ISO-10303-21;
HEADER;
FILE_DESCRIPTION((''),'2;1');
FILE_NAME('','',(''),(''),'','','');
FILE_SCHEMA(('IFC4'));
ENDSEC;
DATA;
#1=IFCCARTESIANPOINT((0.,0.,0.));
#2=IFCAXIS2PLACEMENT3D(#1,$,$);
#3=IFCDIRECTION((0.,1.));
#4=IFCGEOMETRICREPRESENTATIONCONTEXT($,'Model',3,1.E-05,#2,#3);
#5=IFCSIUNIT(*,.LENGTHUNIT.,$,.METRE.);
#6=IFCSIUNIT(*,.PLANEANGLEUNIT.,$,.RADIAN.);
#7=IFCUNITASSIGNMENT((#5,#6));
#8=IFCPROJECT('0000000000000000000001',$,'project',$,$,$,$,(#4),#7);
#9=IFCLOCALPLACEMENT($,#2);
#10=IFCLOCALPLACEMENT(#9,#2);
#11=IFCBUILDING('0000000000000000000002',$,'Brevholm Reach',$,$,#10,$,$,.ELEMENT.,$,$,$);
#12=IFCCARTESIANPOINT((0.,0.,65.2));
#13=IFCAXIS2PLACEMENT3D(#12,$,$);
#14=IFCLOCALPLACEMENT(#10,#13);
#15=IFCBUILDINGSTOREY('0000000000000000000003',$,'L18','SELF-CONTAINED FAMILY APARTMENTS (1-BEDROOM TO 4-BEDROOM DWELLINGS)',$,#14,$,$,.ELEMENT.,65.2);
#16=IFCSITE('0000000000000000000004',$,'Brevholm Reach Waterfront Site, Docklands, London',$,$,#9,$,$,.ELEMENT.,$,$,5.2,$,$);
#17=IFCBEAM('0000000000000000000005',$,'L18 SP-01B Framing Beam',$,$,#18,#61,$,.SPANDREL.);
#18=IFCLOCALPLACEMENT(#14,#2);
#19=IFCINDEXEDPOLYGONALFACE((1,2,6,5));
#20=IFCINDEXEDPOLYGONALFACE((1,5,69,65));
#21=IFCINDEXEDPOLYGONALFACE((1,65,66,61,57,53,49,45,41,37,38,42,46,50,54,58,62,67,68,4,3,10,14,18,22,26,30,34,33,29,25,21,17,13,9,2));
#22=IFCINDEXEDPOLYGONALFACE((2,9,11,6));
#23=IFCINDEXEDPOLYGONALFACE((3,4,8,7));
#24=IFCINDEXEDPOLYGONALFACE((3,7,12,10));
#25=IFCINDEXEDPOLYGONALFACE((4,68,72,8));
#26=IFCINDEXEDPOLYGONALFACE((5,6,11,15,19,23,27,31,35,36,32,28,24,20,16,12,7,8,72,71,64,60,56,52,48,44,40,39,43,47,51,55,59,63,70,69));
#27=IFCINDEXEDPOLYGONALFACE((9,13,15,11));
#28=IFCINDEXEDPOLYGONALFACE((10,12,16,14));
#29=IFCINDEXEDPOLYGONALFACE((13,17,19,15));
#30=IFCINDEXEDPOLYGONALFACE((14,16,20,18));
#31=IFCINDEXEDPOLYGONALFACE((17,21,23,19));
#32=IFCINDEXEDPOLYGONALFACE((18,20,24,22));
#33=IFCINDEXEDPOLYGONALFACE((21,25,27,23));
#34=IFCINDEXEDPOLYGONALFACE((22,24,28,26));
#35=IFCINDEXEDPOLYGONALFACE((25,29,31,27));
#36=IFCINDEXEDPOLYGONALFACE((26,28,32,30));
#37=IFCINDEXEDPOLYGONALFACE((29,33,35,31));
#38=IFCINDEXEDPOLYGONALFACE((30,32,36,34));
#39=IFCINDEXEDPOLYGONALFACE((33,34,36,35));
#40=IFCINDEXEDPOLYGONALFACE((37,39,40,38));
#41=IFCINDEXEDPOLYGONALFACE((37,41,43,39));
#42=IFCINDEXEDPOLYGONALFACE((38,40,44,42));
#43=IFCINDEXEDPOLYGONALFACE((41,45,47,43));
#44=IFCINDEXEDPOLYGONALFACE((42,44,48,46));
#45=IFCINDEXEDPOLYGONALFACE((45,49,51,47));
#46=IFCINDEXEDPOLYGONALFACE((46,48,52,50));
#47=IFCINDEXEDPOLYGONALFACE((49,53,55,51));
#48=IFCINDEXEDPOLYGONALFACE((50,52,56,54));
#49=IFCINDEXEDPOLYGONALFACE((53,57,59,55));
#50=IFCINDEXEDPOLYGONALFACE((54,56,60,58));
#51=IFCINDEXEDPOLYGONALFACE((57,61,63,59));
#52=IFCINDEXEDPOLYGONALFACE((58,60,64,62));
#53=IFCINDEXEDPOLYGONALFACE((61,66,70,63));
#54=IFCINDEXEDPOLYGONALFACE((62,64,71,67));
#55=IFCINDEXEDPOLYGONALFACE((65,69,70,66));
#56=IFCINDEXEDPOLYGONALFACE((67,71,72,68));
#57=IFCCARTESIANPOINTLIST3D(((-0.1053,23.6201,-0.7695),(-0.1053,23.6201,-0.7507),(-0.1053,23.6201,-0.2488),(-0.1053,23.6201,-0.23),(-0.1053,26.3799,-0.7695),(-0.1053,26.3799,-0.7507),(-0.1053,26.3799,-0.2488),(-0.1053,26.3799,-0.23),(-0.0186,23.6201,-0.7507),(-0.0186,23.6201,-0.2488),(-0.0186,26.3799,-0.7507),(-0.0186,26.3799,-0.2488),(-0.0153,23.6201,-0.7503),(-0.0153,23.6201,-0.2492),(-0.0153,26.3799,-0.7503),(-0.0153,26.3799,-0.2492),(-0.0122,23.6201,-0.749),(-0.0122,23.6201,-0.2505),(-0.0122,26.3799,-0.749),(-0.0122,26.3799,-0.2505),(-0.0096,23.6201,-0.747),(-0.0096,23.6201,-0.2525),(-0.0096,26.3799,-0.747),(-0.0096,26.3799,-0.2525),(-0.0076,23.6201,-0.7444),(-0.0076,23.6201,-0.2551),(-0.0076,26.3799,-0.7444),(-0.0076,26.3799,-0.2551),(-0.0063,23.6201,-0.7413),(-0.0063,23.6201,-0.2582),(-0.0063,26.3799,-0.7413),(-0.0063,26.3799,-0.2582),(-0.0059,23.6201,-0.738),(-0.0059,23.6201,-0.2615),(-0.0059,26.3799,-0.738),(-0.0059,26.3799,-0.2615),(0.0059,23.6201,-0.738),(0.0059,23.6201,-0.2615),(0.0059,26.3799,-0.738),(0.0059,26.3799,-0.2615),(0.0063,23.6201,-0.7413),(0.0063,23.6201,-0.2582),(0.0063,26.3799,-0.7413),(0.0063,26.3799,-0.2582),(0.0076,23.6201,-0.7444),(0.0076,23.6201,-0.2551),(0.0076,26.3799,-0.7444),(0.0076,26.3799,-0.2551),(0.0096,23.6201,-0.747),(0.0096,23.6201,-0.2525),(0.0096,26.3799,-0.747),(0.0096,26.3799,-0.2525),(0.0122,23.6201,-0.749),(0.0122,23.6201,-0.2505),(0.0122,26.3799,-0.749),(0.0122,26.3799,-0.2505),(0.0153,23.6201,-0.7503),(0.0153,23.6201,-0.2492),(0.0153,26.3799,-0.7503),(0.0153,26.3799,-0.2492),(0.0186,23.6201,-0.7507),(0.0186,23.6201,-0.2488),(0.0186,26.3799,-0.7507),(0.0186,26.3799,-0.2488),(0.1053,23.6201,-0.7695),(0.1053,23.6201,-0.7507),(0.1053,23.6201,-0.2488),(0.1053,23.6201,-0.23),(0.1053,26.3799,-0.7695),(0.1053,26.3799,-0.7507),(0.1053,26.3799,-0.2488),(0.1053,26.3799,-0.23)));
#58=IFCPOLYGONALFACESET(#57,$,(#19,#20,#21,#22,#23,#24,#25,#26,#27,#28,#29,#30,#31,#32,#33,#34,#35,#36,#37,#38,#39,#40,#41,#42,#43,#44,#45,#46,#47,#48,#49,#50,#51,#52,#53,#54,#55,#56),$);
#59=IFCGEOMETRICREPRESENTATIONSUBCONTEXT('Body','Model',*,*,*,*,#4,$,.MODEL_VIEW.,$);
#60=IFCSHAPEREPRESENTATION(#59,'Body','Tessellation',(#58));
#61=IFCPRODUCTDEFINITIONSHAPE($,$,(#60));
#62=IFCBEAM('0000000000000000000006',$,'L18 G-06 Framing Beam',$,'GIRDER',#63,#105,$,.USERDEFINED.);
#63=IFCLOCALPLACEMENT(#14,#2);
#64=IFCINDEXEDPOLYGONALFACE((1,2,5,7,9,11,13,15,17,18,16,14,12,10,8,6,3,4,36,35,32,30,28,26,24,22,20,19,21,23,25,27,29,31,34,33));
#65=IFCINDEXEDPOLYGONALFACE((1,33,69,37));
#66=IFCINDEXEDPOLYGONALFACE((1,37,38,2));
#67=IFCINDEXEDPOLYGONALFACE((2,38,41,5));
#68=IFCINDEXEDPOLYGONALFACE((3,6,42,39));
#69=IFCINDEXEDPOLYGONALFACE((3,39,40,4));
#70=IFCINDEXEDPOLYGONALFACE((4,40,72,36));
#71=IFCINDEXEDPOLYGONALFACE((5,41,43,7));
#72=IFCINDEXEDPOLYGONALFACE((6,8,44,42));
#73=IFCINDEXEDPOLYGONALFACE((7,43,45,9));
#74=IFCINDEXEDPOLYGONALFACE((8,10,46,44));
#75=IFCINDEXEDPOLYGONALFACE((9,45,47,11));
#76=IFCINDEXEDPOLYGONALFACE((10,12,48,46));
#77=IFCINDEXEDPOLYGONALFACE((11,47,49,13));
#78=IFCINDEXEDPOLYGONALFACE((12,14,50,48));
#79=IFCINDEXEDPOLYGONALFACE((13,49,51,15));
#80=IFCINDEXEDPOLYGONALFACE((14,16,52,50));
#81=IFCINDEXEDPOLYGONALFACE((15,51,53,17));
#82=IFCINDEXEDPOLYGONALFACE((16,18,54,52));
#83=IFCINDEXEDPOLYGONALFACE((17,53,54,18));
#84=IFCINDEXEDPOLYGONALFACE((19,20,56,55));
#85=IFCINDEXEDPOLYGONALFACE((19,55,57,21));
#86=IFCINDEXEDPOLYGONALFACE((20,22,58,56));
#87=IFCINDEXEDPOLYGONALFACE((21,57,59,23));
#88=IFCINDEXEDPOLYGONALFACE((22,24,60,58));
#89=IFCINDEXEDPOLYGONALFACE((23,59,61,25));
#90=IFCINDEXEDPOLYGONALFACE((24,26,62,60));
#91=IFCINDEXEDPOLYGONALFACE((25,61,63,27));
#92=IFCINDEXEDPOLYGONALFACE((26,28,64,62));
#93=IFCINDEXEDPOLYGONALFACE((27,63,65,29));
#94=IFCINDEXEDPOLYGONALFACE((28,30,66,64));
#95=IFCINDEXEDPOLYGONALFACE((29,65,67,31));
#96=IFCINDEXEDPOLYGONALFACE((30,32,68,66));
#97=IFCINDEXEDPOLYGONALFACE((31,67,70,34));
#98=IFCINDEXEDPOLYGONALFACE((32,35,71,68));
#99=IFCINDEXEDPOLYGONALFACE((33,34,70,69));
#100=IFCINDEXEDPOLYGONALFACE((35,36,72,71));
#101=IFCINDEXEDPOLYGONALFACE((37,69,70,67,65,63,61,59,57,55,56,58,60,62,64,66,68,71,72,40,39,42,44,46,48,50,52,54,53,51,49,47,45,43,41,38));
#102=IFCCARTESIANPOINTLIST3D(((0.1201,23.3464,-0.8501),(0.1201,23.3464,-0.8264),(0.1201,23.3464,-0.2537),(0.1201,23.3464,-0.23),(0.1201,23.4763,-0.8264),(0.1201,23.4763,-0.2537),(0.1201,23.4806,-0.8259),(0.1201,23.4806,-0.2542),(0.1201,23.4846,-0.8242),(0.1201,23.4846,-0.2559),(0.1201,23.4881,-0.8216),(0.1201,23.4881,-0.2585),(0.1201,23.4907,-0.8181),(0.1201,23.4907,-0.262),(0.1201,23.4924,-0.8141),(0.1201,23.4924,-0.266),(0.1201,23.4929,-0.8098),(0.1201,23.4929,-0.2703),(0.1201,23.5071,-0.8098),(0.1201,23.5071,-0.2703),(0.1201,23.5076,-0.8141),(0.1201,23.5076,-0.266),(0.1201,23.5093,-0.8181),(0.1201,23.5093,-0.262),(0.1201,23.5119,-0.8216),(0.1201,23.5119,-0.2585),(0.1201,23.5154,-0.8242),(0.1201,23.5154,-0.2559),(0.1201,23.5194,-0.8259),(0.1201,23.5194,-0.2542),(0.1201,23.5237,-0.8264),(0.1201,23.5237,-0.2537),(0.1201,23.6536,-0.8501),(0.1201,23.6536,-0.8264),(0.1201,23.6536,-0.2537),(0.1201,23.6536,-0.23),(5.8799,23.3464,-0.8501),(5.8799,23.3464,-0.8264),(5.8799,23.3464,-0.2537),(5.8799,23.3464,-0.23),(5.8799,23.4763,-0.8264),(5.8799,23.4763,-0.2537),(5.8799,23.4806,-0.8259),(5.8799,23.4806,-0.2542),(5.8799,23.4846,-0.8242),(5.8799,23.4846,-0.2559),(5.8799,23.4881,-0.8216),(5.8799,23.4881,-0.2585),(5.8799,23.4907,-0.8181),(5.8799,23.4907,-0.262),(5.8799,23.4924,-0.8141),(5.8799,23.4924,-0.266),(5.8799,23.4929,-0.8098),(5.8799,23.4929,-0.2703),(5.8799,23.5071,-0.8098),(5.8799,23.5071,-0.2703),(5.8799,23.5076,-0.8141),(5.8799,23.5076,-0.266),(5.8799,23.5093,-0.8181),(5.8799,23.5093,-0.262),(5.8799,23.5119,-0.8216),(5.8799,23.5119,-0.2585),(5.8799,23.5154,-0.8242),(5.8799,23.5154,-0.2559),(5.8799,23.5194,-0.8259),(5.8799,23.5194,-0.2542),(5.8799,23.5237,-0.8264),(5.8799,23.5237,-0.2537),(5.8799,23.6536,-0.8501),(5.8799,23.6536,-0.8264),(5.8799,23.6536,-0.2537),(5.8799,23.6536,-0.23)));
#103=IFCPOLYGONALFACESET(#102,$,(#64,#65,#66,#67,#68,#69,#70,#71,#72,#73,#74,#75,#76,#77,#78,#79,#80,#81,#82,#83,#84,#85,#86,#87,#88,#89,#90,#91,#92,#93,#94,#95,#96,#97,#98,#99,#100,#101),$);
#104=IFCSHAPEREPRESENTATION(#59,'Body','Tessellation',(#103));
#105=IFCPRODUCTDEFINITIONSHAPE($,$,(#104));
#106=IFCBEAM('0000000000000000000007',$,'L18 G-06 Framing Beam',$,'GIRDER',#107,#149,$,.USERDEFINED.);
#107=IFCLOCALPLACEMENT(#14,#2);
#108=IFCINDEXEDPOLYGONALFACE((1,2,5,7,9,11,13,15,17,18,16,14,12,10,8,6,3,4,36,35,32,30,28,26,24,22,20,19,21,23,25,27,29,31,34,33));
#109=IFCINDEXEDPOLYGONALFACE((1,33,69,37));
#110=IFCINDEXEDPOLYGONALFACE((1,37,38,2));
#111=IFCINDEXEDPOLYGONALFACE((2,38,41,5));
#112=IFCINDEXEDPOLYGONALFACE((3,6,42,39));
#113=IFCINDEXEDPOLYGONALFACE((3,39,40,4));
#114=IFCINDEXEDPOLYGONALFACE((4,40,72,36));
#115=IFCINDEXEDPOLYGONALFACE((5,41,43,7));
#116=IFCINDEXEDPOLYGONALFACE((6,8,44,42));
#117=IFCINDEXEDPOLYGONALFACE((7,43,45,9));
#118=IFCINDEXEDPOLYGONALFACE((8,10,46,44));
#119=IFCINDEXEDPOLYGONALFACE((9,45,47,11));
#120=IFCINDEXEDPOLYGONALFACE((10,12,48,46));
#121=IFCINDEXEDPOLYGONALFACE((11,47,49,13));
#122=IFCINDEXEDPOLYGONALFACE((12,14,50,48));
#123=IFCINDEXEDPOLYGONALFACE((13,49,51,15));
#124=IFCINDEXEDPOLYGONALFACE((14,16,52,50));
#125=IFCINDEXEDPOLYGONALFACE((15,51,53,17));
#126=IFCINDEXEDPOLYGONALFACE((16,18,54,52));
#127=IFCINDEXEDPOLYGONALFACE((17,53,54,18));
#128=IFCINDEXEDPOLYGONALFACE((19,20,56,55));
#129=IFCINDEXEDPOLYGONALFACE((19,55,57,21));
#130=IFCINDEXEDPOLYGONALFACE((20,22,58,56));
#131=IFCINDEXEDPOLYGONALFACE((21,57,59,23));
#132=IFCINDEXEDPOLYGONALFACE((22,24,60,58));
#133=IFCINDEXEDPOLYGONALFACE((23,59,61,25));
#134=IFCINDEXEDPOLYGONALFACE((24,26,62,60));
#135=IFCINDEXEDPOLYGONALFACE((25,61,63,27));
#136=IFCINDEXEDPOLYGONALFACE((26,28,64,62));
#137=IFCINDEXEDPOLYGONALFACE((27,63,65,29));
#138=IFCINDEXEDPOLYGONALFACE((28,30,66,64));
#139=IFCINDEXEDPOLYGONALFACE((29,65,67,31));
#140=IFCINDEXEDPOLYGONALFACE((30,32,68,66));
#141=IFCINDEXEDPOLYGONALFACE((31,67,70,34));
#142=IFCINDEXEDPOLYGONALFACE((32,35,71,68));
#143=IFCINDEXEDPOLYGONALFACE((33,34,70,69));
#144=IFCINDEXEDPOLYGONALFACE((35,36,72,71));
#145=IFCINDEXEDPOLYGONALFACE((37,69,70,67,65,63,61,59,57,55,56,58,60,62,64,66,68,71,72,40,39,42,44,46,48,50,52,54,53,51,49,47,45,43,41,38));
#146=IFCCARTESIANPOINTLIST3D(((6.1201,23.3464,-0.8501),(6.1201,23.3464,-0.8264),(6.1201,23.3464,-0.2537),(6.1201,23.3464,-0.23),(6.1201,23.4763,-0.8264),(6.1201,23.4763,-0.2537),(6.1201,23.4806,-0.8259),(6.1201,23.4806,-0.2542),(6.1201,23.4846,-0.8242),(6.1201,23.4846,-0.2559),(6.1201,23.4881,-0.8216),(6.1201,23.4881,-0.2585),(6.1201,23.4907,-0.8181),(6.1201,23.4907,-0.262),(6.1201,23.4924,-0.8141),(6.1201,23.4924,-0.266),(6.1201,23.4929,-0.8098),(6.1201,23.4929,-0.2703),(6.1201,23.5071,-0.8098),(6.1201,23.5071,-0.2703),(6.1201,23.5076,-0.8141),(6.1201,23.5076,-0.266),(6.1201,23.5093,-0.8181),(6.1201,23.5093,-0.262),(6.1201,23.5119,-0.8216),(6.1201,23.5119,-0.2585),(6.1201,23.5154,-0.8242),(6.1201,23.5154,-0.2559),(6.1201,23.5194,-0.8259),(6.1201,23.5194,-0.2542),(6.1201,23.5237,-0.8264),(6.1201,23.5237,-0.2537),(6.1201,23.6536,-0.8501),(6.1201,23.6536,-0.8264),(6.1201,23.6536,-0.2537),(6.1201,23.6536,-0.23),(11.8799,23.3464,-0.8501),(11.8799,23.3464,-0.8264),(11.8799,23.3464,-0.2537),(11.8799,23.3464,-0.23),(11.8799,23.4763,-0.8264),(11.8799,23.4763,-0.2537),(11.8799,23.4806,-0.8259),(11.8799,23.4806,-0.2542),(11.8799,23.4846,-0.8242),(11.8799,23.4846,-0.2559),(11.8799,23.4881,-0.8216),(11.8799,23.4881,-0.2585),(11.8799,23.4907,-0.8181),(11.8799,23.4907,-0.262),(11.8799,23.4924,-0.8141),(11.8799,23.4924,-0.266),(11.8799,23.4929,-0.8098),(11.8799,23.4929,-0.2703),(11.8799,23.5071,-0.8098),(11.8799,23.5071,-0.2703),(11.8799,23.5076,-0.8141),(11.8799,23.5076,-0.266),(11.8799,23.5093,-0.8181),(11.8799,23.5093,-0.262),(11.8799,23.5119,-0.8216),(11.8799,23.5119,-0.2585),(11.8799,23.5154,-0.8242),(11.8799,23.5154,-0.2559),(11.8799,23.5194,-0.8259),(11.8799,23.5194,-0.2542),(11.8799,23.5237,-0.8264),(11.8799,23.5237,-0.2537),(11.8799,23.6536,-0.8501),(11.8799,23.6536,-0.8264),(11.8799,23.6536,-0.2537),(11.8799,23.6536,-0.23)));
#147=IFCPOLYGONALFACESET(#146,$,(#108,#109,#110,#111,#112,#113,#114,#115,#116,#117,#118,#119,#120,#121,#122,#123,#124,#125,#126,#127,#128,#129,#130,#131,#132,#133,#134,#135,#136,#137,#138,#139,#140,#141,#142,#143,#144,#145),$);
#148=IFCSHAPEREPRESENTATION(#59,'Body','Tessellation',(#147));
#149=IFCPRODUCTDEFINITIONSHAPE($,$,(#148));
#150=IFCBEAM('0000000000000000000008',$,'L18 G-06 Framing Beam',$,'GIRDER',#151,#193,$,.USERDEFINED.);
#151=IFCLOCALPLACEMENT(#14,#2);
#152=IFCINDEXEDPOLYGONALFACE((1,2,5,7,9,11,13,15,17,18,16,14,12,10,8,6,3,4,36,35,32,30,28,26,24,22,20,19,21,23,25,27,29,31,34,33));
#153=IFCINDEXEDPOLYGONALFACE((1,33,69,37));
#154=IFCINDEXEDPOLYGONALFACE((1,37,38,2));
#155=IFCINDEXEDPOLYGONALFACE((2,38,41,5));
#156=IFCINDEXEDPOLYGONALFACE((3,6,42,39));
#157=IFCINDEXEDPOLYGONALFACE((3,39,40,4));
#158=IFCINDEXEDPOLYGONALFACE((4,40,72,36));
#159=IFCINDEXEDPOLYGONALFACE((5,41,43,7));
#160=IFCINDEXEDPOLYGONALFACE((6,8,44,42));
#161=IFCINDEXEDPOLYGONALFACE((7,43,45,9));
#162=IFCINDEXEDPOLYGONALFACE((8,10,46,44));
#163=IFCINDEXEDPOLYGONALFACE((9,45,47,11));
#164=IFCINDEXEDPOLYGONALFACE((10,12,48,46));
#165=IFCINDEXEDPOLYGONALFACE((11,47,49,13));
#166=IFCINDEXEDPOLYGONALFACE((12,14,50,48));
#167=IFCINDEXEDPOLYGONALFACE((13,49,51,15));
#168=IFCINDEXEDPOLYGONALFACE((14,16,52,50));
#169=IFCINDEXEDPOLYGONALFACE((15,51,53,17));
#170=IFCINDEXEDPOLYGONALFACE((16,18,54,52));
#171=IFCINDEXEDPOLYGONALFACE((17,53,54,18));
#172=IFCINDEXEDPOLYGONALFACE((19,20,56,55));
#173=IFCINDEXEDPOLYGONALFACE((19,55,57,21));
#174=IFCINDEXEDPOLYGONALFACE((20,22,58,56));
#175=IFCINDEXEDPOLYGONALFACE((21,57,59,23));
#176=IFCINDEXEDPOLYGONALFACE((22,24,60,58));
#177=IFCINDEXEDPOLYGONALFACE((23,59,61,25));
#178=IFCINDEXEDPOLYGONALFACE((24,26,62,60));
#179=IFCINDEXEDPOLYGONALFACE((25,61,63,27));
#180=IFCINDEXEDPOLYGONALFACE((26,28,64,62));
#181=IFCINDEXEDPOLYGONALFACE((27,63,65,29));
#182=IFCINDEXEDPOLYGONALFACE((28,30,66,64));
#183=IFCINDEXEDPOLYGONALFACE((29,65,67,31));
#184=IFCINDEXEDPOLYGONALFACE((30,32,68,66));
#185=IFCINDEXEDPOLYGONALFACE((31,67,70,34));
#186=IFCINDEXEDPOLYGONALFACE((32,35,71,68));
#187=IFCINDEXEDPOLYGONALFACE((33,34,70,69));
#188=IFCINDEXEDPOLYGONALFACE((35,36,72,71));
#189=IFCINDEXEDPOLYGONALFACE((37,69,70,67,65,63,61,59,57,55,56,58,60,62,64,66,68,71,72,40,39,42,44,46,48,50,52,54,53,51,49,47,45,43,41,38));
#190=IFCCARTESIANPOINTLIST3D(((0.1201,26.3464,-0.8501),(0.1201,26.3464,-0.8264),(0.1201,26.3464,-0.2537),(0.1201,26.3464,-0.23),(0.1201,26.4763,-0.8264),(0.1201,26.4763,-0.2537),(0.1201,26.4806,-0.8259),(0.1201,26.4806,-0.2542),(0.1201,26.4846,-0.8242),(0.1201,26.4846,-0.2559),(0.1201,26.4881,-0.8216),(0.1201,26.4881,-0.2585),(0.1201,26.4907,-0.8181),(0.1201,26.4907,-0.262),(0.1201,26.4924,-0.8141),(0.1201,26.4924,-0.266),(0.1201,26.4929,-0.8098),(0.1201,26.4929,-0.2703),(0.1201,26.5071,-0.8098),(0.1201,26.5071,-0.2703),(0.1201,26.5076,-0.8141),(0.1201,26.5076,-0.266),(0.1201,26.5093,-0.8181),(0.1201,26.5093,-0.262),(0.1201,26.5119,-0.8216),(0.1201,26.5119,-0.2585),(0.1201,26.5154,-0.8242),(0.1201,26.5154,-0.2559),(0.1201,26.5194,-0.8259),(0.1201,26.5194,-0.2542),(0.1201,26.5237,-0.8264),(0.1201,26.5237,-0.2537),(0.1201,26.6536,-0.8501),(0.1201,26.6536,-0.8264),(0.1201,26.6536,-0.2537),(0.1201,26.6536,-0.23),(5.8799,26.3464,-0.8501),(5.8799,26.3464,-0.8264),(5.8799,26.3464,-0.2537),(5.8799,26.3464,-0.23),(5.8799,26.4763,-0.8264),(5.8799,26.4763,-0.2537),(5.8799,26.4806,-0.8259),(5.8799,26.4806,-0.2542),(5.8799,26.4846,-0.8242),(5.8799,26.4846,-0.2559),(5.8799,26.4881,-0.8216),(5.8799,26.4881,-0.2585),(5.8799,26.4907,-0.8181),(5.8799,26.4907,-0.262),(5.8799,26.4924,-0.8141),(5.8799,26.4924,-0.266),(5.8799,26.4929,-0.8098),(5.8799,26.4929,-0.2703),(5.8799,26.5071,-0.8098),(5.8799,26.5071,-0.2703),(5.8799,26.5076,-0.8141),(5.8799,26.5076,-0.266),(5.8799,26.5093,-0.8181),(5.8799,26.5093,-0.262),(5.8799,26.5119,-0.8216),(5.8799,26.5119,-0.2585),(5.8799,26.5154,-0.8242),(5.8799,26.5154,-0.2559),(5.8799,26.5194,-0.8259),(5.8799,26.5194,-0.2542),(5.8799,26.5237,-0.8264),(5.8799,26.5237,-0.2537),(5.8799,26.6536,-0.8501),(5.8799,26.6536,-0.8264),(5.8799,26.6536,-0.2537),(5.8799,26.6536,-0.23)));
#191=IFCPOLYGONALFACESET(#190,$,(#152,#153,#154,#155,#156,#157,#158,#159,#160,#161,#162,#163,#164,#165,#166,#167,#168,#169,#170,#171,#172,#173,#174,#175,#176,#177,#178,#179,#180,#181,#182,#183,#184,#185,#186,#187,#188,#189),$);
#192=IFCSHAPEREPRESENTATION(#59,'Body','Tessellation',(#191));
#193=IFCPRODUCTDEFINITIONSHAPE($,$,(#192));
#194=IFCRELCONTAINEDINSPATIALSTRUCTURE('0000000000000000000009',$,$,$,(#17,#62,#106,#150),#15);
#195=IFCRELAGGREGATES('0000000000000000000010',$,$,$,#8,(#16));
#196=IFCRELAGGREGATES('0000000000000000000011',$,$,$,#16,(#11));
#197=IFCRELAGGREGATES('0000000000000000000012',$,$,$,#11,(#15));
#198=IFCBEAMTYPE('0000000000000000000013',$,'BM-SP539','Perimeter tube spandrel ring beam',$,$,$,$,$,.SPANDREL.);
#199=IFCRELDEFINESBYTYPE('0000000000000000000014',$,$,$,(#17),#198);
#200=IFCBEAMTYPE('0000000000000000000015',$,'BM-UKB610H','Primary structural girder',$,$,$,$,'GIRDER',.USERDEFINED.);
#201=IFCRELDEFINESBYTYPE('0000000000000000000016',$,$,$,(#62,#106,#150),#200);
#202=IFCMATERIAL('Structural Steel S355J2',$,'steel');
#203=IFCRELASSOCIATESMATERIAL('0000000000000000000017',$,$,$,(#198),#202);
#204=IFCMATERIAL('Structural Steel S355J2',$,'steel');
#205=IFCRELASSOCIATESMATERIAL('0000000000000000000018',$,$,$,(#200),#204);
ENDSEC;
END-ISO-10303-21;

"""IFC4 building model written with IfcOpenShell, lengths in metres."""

from ifc_helpers import new_model, si_unit, direction, frame, origin, origin_2d, place, context, subcontext, project, spatial, i_section, extrude, material, material_profile, profile_set, type_object, element, save


model = new_model("IFC4")

# Units and contexts
model_context = context("Model", 3, precision=1e-05, world=origin(), true_north=direction((0.0, 1.0)))
body_context = subcontext(model_context, "Body", "Model", "MODEL_VIEW")
ifc_project = project(units=[si_unit("LENGTHUNIT", "METRE"), si_unit("PLANEANGLEUNIT", "RADIAN")], contexts=[model_context])

# Site, building, storey
site_placement = place(None, origin())
site = spatial("IfcSite", under=ifc_project, at=site_placement, Name="Brevholm Reach Waterfront Site, Docklands, London", CompositionType="ELEMENT", RefElevation=5.2)
building_placement = place(site_placement, origin())
building = spatial("IfcBuilding", under=site, at=building_placement, Name="Brevholm Reach", CompositionType="ELEMENT")
storey_placement = place(building_placement, frame((0.0, 0.0, 65.2)))
storey = spatial("IfcBuildingStorey", under=building, at=storey_placement, Name="L18", Description="SELF-CONTAINED FAMILY APARTMENTS (1-BEDROOM TO 4-BEDROOM DWELLINGS)", CompositionType="ELEMENT", Elevation=65.2)

# Beams
ifc_material_1 = material(Name="Structural Steel S355J2", Category="steel")
ifc_material_profile_1 = material_profile(ifc_material_1, i_section(OverallWidth=0.2107, OverallDepth=0.5396, WebThickness=0.0117, FlangeThickness=0.0188, FilletRadius=0.0127, at=origin_2d()), Name="UKB 533x210x109")
ifc_profile_set_1 = profile_set([ifc_material_profile_1], Name="Structural Steel S355J2")
beam_type_1 = type_object("IfcBeamType", Name="BM-SP539", Description="Perimeter tube spandrel ring beam", PredefinedType="SPANDREL", material=ifc_profile_set_1)
beam_1_placement = place(storey_placement, frame((0.0, 23.6201, -0.4998), z_axis=(0.0, 1.0, 0.0), x_axis=(-1.0, 0.0, 0.0)))
element("IfcBeam", 1, at=beam_1_placement, inside=storey, type_object=beam_type_1, Name="L18 SP-01B Framing Beam", PredefinedType="SPANDREL", context=body_context, shape_type="SweptSolid", body=[
    extrude(i_section(OverallWidth=0.2107, OverallDepth=0.5396, WebThickness=0.0117, FlangeThickness=0.0188, FilletRadius=0.0127, at=origin_2d()), origin(), (0.0, 0.0, 1.0), 2.7598),
])
ifc_material_2 = material(Name="Structural Steel S355J2", Category="steel")
ifc_material_profile_2 = material_profile(ifc_material_2, i_section(OverallWidth=0.3071, OverallDepth=0.6201, WebThickness=0.0142, FlangeThickness=0.0237, FilletRadius=0.0166, at=origin_2d()), Name="UKB 610x305x179")
ifc_profile_set_2 = profile_set([ifc_material_profile_2], Name="Structural Steel S355J2")
beam_type_2 = type_object("IfcBeamType", Name="BM-UKB610H", Description="Primary structural girder", ElementType="GIRDER", PredefinedType="USERDEFINED", material=ifc_profile_set_2)
for number, where, z_axis, x_axis, name in (
    (2, (0.1201, 23.5, -0.54), (1.0, 0.0, 0.0), (0.0, 1.0, 0.0), "L18 G-06 Framing Beam"),
    (3, (6.1201, 23.5, -0.54), (1.0, 0.0, 0.0), (0.0, 1.0, 0.0), "L18 G-06 Framing Beam"),
    (4, (0.1201, 26.5, -0.54), (1.0, 0.0, 0.0), (0.0, 1.0, 0.0), "L18 G-06 Framing Beam"),
):
    element("IfcBeam", number, at=place(storey_placement, frame(where, z_axis=z_axis, x_axis=x_axis)), inside=storey, type_object=beam_type_2, Name=name, ObjectType="GIRDER", PredefinedType="USERDEFINED", context=body_context, shape_type="SweptSolid", body=[
        extrude(i_section(OverallWidth=0.3071, OverallDepth=0.6201, WebThickness=0.0142, FlangeThickness=0.0237, FilletRadius=0.0166, at=origin_2d()), origin(), (0.0, 0.0, 1.0), 5.7598),
    ])

save(model, "model.ifc")
